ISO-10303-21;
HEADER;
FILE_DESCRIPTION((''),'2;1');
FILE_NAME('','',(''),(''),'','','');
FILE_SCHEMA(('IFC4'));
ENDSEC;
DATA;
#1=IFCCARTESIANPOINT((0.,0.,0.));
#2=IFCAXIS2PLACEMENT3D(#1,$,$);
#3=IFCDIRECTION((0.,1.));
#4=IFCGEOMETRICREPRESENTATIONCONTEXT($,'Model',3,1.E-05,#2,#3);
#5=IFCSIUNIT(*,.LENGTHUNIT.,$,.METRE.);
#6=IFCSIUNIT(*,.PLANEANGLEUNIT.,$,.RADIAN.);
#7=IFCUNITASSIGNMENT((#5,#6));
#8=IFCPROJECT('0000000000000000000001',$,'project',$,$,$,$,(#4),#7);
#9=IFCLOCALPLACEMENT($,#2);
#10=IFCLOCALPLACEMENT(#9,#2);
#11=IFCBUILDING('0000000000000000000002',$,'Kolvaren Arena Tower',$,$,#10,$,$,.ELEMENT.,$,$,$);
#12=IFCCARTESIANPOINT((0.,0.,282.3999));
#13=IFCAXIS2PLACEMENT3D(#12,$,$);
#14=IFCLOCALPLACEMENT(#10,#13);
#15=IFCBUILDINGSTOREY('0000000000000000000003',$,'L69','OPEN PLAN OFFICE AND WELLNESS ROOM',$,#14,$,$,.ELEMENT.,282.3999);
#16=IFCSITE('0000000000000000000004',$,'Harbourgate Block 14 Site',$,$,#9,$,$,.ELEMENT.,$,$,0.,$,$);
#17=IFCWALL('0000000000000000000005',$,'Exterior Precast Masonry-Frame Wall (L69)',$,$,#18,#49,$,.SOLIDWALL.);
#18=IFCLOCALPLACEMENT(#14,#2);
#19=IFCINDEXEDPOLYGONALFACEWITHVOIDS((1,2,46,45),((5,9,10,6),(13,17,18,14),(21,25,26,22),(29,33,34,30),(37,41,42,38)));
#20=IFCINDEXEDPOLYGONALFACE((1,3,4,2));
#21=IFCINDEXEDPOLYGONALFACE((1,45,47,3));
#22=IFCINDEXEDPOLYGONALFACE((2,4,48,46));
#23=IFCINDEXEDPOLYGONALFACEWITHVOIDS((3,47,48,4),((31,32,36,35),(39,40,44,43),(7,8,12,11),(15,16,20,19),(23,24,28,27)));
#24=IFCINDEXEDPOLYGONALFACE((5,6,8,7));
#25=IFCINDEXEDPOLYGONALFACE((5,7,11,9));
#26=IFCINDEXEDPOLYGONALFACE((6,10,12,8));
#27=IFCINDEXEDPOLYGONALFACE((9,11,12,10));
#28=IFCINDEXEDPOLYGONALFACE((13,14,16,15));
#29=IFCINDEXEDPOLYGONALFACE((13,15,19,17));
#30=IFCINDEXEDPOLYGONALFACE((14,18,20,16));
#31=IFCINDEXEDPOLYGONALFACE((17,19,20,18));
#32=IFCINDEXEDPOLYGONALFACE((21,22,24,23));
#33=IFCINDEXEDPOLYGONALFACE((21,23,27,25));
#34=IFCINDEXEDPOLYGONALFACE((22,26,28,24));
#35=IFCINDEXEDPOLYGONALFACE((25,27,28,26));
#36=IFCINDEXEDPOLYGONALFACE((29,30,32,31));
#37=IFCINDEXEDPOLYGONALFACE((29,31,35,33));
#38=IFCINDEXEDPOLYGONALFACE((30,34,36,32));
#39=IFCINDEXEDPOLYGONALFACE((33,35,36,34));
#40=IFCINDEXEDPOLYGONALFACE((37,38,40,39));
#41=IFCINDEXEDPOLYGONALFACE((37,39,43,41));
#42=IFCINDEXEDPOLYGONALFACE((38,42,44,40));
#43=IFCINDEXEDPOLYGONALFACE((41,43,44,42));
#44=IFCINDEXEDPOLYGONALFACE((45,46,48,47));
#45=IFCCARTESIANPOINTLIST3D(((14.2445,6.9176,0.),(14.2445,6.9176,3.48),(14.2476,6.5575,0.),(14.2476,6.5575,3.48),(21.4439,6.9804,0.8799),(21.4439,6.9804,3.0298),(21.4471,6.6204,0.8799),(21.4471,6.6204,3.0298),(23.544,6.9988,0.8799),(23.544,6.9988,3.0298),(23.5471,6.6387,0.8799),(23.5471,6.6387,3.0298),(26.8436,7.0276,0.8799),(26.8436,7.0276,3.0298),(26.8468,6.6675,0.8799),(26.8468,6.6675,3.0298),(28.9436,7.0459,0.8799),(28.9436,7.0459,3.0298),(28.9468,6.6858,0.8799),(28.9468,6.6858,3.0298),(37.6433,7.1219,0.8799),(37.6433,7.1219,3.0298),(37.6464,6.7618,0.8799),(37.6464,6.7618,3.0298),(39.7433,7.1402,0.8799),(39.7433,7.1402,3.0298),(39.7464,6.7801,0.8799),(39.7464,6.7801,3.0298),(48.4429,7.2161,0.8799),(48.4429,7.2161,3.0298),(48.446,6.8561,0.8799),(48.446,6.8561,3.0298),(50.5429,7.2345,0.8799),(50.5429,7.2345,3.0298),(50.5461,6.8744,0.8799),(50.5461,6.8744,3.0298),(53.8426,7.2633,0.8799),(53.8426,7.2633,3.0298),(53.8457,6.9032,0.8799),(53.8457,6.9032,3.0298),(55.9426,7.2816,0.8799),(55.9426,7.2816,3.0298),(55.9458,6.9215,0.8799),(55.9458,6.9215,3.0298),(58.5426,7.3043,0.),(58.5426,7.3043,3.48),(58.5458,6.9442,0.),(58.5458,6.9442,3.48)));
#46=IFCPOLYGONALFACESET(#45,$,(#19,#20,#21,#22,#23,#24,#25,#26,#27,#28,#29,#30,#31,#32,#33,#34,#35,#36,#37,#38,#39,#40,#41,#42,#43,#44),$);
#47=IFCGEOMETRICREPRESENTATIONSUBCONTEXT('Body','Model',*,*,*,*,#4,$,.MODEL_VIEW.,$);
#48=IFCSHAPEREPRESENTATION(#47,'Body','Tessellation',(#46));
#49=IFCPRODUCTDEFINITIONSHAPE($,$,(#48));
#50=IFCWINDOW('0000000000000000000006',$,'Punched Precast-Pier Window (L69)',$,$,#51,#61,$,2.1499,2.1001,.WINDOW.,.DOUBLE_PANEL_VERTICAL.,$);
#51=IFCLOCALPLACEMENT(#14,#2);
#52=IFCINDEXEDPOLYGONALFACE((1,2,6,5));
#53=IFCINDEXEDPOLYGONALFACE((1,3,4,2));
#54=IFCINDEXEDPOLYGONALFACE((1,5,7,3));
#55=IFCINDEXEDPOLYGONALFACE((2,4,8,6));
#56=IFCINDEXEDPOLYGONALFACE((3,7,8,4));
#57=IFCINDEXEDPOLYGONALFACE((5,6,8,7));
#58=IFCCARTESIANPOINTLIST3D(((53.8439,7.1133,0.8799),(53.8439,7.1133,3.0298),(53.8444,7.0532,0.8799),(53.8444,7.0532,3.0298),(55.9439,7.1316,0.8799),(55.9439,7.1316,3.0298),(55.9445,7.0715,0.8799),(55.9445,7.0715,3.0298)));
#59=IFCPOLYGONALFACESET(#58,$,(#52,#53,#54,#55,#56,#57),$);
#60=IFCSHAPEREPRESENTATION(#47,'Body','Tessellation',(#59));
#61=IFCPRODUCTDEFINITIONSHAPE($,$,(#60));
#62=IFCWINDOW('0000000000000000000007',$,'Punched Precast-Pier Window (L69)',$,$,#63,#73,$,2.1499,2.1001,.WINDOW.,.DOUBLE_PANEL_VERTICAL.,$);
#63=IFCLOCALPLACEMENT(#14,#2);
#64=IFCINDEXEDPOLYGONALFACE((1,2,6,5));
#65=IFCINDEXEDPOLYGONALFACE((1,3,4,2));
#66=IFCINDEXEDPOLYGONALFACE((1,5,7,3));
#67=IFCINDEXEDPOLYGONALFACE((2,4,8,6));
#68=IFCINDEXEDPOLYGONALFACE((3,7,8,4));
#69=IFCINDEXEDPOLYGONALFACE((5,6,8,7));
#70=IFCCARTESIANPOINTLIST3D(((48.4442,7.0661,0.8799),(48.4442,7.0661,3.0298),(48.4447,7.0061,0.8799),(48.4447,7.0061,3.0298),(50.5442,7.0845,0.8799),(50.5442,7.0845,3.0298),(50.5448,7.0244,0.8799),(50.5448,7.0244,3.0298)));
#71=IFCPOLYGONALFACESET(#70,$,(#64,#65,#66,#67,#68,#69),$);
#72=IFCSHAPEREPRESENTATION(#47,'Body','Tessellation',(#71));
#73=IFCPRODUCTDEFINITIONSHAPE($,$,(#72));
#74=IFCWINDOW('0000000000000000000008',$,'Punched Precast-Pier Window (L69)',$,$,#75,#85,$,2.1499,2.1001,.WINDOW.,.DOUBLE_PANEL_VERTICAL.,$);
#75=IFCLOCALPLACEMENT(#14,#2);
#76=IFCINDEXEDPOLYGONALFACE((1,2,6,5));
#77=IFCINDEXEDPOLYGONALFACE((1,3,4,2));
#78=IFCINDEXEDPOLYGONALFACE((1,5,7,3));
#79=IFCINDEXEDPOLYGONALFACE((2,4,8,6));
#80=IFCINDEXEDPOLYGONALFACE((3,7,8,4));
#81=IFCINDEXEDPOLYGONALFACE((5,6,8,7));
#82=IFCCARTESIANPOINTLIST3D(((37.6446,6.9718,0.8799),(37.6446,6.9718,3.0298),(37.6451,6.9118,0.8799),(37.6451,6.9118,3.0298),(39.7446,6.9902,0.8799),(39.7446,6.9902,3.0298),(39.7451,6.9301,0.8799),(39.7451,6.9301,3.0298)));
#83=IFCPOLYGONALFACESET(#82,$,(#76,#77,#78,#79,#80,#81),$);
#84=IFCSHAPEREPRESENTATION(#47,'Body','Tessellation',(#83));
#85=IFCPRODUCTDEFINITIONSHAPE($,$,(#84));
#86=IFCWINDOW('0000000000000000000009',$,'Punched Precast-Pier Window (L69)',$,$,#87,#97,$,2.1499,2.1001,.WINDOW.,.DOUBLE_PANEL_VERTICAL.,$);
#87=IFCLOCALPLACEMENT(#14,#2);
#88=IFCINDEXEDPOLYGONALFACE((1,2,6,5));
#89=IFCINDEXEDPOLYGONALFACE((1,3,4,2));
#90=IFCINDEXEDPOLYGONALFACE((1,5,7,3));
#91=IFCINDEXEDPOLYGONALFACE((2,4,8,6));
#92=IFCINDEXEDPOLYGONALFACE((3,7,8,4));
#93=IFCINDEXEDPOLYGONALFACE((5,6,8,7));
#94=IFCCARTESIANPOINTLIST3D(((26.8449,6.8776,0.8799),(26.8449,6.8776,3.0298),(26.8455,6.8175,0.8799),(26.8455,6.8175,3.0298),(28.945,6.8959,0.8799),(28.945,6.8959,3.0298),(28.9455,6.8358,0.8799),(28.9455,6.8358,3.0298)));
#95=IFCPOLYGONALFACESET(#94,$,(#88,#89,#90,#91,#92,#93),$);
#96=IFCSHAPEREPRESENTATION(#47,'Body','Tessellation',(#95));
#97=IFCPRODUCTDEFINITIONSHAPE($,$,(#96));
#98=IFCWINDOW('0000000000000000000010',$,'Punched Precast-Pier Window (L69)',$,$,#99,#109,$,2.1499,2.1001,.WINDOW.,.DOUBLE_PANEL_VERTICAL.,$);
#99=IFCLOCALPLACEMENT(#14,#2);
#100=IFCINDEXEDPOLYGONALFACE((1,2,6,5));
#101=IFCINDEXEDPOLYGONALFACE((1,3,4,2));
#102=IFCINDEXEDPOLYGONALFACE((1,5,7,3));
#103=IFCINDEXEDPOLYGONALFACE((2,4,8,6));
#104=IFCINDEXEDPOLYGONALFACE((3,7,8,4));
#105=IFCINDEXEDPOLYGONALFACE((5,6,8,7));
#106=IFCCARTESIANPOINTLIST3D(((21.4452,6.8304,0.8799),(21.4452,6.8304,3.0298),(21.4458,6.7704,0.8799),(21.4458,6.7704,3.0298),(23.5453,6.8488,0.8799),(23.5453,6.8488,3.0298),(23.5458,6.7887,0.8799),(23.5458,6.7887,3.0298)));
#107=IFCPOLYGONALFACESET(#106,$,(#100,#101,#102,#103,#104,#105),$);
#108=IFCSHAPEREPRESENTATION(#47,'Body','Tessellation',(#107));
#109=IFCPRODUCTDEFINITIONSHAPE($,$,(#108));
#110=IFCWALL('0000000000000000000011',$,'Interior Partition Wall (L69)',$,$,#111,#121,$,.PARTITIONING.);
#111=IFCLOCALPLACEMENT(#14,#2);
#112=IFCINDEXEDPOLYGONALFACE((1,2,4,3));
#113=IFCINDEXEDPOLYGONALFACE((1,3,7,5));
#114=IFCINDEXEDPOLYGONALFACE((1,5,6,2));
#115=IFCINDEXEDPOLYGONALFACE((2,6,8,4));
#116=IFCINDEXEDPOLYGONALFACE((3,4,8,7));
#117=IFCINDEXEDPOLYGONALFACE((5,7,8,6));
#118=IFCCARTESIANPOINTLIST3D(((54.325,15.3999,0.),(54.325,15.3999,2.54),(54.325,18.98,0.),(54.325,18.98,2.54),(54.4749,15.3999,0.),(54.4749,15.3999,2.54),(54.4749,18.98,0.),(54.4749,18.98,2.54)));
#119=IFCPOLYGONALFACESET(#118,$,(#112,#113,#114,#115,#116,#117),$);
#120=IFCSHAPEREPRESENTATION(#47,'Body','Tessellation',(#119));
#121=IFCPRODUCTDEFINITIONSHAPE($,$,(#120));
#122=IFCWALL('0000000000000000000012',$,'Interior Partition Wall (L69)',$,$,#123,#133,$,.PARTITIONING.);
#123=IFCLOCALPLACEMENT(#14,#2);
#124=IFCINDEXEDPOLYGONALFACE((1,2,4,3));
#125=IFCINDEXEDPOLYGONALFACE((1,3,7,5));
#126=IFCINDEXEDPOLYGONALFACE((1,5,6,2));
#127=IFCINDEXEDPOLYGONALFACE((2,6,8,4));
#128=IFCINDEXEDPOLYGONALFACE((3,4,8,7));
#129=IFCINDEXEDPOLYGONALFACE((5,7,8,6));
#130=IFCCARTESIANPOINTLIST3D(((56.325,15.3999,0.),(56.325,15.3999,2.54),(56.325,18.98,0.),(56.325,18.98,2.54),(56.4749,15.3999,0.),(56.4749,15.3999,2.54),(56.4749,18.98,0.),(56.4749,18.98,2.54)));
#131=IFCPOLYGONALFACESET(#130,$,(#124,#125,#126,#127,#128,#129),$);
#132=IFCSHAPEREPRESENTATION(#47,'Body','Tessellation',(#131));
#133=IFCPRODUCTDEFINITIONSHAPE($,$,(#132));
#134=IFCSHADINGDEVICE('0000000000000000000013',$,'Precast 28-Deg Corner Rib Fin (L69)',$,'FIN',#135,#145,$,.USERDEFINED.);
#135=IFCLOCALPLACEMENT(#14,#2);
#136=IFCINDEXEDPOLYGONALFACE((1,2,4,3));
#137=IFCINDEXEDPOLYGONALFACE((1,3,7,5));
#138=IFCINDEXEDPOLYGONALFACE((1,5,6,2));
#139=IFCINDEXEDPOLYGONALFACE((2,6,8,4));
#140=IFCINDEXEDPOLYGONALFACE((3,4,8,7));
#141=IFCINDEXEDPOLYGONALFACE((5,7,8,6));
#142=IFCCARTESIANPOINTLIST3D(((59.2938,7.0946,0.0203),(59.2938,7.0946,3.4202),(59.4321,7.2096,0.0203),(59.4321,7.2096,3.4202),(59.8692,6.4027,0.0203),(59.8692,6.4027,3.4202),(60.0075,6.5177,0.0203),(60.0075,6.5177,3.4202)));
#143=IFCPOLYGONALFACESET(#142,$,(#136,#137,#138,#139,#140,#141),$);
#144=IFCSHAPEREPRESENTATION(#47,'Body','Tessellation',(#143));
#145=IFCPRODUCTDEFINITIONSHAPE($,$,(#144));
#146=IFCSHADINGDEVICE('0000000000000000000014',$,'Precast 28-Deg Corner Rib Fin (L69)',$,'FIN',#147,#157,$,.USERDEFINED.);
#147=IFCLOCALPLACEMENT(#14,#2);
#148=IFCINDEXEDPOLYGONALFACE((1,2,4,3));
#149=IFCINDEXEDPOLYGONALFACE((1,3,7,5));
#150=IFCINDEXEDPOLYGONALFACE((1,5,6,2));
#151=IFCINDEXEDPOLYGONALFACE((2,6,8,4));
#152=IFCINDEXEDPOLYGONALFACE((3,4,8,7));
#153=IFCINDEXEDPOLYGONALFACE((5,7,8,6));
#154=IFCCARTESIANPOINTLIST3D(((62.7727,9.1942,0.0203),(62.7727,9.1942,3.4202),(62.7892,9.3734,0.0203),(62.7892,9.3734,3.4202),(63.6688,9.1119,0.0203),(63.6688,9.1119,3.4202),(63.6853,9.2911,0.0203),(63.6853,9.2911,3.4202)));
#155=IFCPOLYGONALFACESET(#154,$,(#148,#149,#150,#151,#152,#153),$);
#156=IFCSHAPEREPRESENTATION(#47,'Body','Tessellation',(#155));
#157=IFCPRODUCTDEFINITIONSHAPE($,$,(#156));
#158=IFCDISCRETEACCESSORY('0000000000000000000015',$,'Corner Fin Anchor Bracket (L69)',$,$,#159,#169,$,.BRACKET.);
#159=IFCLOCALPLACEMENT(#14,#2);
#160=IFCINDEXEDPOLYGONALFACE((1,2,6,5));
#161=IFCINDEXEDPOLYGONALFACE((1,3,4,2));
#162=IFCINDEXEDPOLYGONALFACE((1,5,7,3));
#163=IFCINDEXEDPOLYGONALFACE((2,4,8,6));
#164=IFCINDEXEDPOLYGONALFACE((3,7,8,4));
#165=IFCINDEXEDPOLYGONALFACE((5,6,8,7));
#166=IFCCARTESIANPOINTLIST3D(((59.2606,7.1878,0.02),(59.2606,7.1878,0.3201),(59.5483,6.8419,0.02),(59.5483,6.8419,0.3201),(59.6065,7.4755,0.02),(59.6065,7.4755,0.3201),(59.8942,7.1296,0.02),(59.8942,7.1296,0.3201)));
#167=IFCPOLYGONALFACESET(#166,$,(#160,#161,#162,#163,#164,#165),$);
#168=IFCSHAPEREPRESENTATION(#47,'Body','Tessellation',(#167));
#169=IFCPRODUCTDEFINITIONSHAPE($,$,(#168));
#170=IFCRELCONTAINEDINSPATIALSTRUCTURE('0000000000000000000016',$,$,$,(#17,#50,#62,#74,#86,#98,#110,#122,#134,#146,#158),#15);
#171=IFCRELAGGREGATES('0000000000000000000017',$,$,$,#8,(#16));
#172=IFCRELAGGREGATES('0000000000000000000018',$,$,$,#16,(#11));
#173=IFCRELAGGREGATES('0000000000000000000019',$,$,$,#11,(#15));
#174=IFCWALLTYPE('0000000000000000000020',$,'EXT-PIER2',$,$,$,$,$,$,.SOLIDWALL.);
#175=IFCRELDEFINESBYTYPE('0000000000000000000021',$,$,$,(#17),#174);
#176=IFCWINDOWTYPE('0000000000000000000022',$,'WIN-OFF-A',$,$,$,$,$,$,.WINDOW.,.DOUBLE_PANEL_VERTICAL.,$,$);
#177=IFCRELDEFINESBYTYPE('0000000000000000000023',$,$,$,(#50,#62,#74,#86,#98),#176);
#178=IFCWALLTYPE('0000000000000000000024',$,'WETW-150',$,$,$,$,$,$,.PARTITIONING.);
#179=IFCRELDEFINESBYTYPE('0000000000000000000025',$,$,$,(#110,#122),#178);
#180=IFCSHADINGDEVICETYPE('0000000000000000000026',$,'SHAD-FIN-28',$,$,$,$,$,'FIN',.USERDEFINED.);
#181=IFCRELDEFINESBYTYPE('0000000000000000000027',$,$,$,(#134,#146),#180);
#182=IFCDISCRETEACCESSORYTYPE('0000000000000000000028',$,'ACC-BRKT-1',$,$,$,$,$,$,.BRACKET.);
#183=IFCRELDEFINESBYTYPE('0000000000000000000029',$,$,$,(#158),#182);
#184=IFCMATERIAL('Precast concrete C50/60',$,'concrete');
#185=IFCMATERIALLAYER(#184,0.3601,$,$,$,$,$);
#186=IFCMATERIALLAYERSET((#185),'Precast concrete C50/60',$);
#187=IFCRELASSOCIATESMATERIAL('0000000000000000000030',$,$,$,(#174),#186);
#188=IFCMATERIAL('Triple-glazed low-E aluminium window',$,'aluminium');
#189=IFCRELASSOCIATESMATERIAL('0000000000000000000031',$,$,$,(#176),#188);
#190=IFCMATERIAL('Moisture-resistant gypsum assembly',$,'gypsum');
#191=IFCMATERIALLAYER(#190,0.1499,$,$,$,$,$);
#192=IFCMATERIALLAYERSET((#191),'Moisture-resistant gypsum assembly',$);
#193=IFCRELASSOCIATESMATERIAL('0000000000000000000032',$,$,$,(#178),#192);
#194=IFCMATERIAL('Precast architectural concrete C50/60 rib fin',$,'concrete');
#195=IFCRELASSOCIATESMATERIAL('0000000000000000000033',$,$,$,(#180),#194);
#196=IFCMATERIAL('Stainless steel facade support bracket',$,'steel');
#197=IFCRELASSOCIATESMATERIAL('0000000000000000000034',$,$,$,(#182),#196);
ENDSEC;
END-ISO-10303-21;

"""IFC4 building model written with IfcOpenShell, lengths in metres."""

from ifc_helpers import new_model, si_unit, direction, frame, frame_2d, origin, origin_2d, place, context, subcontext, project, spatial, rectangle, extrude, material, layer, layer_set, type_object, element, fill, save


model = new_model("IFC4")

# Units and contexts
model_context = context("Model", 3, precision=1e-05, world=origin(), true_north=direction((0.0, 1.0)))
body_context = subcontext(model_context, "Body", "Model", "MODEL_VIEW")
ifc_project = project(units=[si_unit("LENGTHUNIT", "METRE"), si_unit("PLANEANGLEUNIT", "RADIAN")], contexts=[model_context])

# Site, building, storey
site_placement = place(None, origin())
site = spatial("IfcSite", under=ifc_project, at=site_placement, Name="Harbourgate Block 14 Site", CompositionType="ELEMENT", RefElevation=0.0)
building_placement = place(site_placement, origin())
building = spatial("IfcBuilding", under=site, at=building_placement, Name="Kolvaren Arena Tower", CompositionType="ELEMENT")
storey_placement = place(building_placement, frame((0.0, 0.0, 282.3999)))
storey = spatial("IfcBuildingStorey", under=building, at=storey_placement, Name="L69", Description="OPEN PLAN OFFICE AND WELLNESS ROOM", CompositionType="ELEMENT", Elevation=282.3999)

# Shared definitions
ifc_material_1 = material(Name="Precast concrete C50/60", Category="concrete")

# Shared definitions
ifc_layer_1 = layer(ifc_material_1, 0.3601)
ifc_layer_set_1 = layer_set([ifc_layer_1], Name="Precast concrete C50/60")
wall_type_1 = type_object("IfcWallType", Name="EXT-PIER2", PredefinedType="SOLIDWALL", material=ifc_layer_set_1)

# Wall, openings, windows
wall_1_placement = place(storey_placement, frame((58.5442, 7.1243, 0.0), z_axis=(0.0, 0.0, 1.0), x_axis=(-0.999962, -0.00873, 0.0)))
wall_1 = element("IfcWall", 1, at=wall_1_placement, inside=storey, type_object=wall_type_1, Name="Exterior Precast Masonry-Frame Wall (L69)", PredefinedType="SOLIDWALL", context=body_context, shape_type="SweptSolid", body=[
    extrude(rectangle(XDim=44.2998, YDim=0.3601, at=frame_2d((22.1499, 0.0))), origin(), (0.0, 0.0, 1.0), 3.48),
])
opening_1_placement = place(wall_1_placement, frame((2.6001, 0.0, 0.8799)))
opening_1 = element("IfcOpeningElement", 2, at=opening_1_placement, cuts=wall_1, PredefinedType="OPENING", context=body_context, shape_type="SweptSolid", body=[
    extrude(rectangle(XDim=2.1001, YDim=2.1499, at=frame_2d((1.05, 1.075))), frame((0.0, 0.1899, 0.0), z_axis=(0.0, -1.0, 0.0), x_axis=(1.0, 0.0, 0.0)), (0.0, 0.0, 1.0), 0.3801),
])
opening_2_placement = place(wall_1_placement, frame((8.0, 0.0, 0.8799)))
opening_2 = element("IfcOpeningElement", 3, at=opening_2_placement, cuts=wall_1, PredefinedType="OPENING", context=body_context, shape_type="SweptSolid", body=[
    extrude(rectangle(XDim=2.1001, YDim=2.1499, at=frame_2d((1.05, 1.075))), frame((0.0, 0.1899, 0.0), z_axis=(0.0, -1.0, 0.0), x_axis=(1.0, 0.0, 0.0)), (0.0, 0.0, 1.0), 0.3801),
])
opening_3_placement = place(wall_1_placement, frame((18.8, 0.0, 0.8799)))
opening_3 = element("IfcOpeningElement", 4, at=opening_3_placement, cuts=wall_1, PredefinedType="OPENING", context=body_context, shape_type="SweptSolid", body=[
    extrude(rectangle(XDim=2.1001, YDim=2.1499, at=frame_2d((1.05, 1.075))), frame((0.0, 0.1899, 0.0), z_axis=(0.0, -1.0, 0.0), x_axis=(1.0, 0.0, 0.0)), (0.0, 0.0, 1.0), 0.3801),
])
opening_4_placement = place(wall_1_placement, frame((29.6001, 0.0, 0.8799)))
opening_4 = element("IfcOpeningElement", 5, at=opening_4_placement, cuts=wall_1, PredefinedType="OPENING", context=body_context, shape_type="SweptSolid", body=[
    extrude(rectangle(XDim=2.1001, YDim=2.1499, at=frame_2d((1.05, 1.075))), frame((0.0, 0.1899, 0.0), z_axis=(0.0, -1.0, 0.0), x_axis=(1.0, 0.0, 0.0)), (0.0, 0.0, 1.0), 0.3801),
])
opening_5_placement = place(wall_1_placement, frame((35.0, 0.0, 0.8799)))
opening_5 = element("IfcOpeningElement", 6, at=opening_5_placement, cuts=wall_1, PredefinedType="OPENING", context=body_context, shape_type="SweptSolid", body=[
    extrude(rectangle(XDim=2.1001, YDim=2.1499, at=frame_2d((1.05, 1.075))), frame((0.0, 0.1899, 0.0), z_axis=(0.0, -1.0, 0.0), x_axis=(1.0, 0.0, 0.0)), (0.0, 0.0, 1.0), 0.3801),
])
ifc_material_2 = material(Name="Triple-glazed low-E aluminium window", Category="aluminium")
window_type = type_object("IfcWindowType", Name="WIN-OFF-A", PartitioningType="DOUBLE_PANEL_VERTICAL", PredefinedType="WINDOW", material=ifc_material_2)
window_1_placement = place(opening_1_placement, origin())
window_1 = element("IfcWindow", 7, at=window_1_placement, inside=storey, type_object=window_type, Name="Punched Precast-Pier Window (L69)", OverallHeight=2.1499, OverallWidth=2.1001, PartitioningType="DOUBLE_PANEL_VERTICAL", PredefinedType="WINDOW", context=body_context, shape_type="SweptSolid", body=[
    extrude(rectangle(XDim=2.1001, YDim=2.1499, at=frame_2d((1.05, 1.075))), frame((0.0, 0.03, 0.0), z_axis=(0.0, -1.0, 0.0), x_axis=(1.0, 0.0, 0.0)), (0.0, 0.0, 1.0), 0.0601),
])
fill(opening_1, window_1)
window_2_placement = place(opening_2_placement, origin())
window_2 = element("IfcWindow", 8, at=window_2_placement, inside=storey, type_object=window_type, Name="Punched Precast-Pier Window (L69)", OverallHeight=2.1499, OverallWidth=2.1001, PartitioningType="DOUBLE_PANEL_VERTICAL", PredefinedType="WINDOW", context=body_context, shape_type="SweptSolid", body=[
    extrude(rectangle(XDim=2.1001, YDim=2.1499, at=frame_2d((1.05, 1.075))), frame((0.0, 0.03, 0.0), z_axis=(0.0, -1.0, 0.0), x_axis=(1.0, 0.0, 0.0)), (0.0, 0.0, 1.0), 0.0601),
])
fill(opening_2, window_2)
window_3_placement = place(opening_3_placement, origin())
window_3 = element("IfcWindow", 9, at=window_3_placement, inside=storey, type_object=window_type, Name="Punched Precast-Pier Window (L69)", OverallHeight=2.1499, OverallWidth=2.1001, PartitioningType="DOUBLE_PANEL_VERTICAL", PredefinedType="WINDOW", context=body_context, shape_type="SweptSolid", body=[
    extrude(rectangle(XDim=2.1001, YDim=2.1499, at=frame_2d((1.05, 1.075))), frame((0.0, 0.03, 0.0), z_axis=(0.0, -1.0, 0.0), x_axis=(1.0, 0.0, 0.0)), (0.0, 0.0, 1.0), 0.0601),
])
fill(opening_3, window_3)
window_4_placement = place(opening_4_placement, origin())
window_4 = element("IfcWindow", 10, at=window_4_placement, inside=storey, type_object=window_type, Name="Punched Precast-Pier Window (L69)", OverallHeight=2.1499, OverallWidth=2.1001, PartitioningType="DOUBLE_PANEL_VERTICAL", PredefinedType="WINDOW", context=body_context, shape_type="SweptSolid", body=[
    extrude(rectangle(XDim=2.1001, YDim=2.1499, at=frame_2d((1.05, 1.075))), frame((0.0, 0.03, 0.0), z_axis=(0.0, -1.0, 0.0), x_axis=(1.0, 0.0, 0.0)), (0.0, 0.0, 1.0), 0.0601),
])
fill(opening_4, window_4)
window_5_placement = place(opening_5_placement, origin())
window_5 = element("IfcWindow", 11, at=window_5_placement, inside=storey, type_object=window_type, Name="Punched Precast-Pier Window (L69)", OverallHeight=2.1499, OverallWidth=2.1001, PartitioningType="DOUBLE_PANEL_VERTICAL", PredefinedType="WINDOW", context=body_context, shape_type="SweptSolid", body=[
    extrude(rectangle(XDim=2.1001, YDim=2.1499, at=frame_2d((1.05, 1.075))), frame((0.0, 0.03, 0.0), z_axis=(0.0, -1.0, 0.0), x_axis=(1.0, 0.0, 0.0)), (0.0, 0.0, 1.0), 0.0601),
])
fill(opening_5, window_5)

# Walls
ifc_material_3 = material(Name="Moisture-resistant gypsum assembly", Category="gypsum")
ifc_layer_2 = layer(ifc_material_3, 0.1499)
ifc_layer_set_2 = layer_set([ifc_layer_2], Name="Moisture-resistant gypsum assembly")
wall_type_2 = type_object("IfcWallType", Name="WETW-150", PredefinedType="PARTITIONING", material=ifc_layer_set_2)
for number, where, z_axis, x_axis, name in (
    (12, (54.3999, 15.3999, 0.0), (0.0, 0.0, 1.0), (0.0, 1.0, 0.0), "Interior Partition Wall (L69)"),
    (13, (56.3999, 15.3999, 0.0), (0.0, 0.0, 1.0), (0.0, 1.0, 0.0), "Interior Partition Wall (L69)"),
):
    element("IfcWall", number, at=place(storey_placement, frame(where, z_axis=z_axis, x_axis=x_axis)), inside=storey, type_object=wall_type_2, Name=name, PredefinedType="PARTITIONING", context=body_context, shape_type="SweptSolid", body=[
        extrude(rectangle(XDim=3.5801, YDim=0.1499, at=frame_2d((1.79, 0.0))), origin(), (0.0, 0.0, 1.0), 2.54),
    ])

# Shading devices
ifc_material_4 = material(Name="Precast architectural concrete C50/60 rib fin", Category="concrete")
shading_device_type = type_object("IfcShadingDeviceType", Name="SHAD-FIN-28", ElementType="FIN", PredefinedType="USERDEFINED", material=ifc_material_4)
for number, where, z_axis, x_axis, name in (
    (14, (59.6506, 6.8062, 0.0203), (0.0, 0.0, 1.0), (0.639409, -0.768866, 0.0), "Precast 28-Deg Corner Rib Fin (L69)"),
    (15, (63.229, 9.2427, 0.0203), (0.0, 0.0, 1.0), (0.995808, -0.091469, 0.0), "Precast 28-Deg Corner Rib Fin (L69)"),
):
    element("IfcShadingDevice", number, at=place(storey_placement, frame(where, z_axis=z_axis, x_axis=x_axis)), inside=storey, type_object=shading_device_type, Name=name, ObjectType="FIN", PredefinedType="USERDEFINED", context=body_context, shape_type="SweptSolid", body=[
        extrude(rectangle(XDim=0.8999, YDim=0.1799, at=origin_2d()), origin(), (0.0, 0.0, 1.0), 3.3999),
    ])

# Discrete accessory
ifc_material_5 = material(Name="Stainless steel facade support bracket", Category="steel")
discrete_accessory_type = type_object("IfcDiscreteAccessoryType", Name="ACC-BRKT-1", PredefinedType="BRACKET", material=ifc_material_5)
for number, where, z_axis, x_axis, name in (
    (16, (59.5774, 7.1587, 0.02), (0.0, 0.0, 1.0), (0.639409, -0.768866, 0.0), "Corner Fin Anchor Bracket (L69)"),
):
    element("IfcDiscreteAccessory", number, at=place(storey_placement, frame(where, z_axis=z_axis, x_axis=x_axis)), inside=storey, type_object=discrete_accessory_type, Name=name, PredefinedType="BRACKET", context=body_context, shape_type="SweptSolid", body=[
        extrude(rectangle(XDim=0.45, YDim=0.45, at=origin_2d()), origin(), (0.0, 0.0, 1.0), 0.3),
    ])

save(model, "model.ifc")
